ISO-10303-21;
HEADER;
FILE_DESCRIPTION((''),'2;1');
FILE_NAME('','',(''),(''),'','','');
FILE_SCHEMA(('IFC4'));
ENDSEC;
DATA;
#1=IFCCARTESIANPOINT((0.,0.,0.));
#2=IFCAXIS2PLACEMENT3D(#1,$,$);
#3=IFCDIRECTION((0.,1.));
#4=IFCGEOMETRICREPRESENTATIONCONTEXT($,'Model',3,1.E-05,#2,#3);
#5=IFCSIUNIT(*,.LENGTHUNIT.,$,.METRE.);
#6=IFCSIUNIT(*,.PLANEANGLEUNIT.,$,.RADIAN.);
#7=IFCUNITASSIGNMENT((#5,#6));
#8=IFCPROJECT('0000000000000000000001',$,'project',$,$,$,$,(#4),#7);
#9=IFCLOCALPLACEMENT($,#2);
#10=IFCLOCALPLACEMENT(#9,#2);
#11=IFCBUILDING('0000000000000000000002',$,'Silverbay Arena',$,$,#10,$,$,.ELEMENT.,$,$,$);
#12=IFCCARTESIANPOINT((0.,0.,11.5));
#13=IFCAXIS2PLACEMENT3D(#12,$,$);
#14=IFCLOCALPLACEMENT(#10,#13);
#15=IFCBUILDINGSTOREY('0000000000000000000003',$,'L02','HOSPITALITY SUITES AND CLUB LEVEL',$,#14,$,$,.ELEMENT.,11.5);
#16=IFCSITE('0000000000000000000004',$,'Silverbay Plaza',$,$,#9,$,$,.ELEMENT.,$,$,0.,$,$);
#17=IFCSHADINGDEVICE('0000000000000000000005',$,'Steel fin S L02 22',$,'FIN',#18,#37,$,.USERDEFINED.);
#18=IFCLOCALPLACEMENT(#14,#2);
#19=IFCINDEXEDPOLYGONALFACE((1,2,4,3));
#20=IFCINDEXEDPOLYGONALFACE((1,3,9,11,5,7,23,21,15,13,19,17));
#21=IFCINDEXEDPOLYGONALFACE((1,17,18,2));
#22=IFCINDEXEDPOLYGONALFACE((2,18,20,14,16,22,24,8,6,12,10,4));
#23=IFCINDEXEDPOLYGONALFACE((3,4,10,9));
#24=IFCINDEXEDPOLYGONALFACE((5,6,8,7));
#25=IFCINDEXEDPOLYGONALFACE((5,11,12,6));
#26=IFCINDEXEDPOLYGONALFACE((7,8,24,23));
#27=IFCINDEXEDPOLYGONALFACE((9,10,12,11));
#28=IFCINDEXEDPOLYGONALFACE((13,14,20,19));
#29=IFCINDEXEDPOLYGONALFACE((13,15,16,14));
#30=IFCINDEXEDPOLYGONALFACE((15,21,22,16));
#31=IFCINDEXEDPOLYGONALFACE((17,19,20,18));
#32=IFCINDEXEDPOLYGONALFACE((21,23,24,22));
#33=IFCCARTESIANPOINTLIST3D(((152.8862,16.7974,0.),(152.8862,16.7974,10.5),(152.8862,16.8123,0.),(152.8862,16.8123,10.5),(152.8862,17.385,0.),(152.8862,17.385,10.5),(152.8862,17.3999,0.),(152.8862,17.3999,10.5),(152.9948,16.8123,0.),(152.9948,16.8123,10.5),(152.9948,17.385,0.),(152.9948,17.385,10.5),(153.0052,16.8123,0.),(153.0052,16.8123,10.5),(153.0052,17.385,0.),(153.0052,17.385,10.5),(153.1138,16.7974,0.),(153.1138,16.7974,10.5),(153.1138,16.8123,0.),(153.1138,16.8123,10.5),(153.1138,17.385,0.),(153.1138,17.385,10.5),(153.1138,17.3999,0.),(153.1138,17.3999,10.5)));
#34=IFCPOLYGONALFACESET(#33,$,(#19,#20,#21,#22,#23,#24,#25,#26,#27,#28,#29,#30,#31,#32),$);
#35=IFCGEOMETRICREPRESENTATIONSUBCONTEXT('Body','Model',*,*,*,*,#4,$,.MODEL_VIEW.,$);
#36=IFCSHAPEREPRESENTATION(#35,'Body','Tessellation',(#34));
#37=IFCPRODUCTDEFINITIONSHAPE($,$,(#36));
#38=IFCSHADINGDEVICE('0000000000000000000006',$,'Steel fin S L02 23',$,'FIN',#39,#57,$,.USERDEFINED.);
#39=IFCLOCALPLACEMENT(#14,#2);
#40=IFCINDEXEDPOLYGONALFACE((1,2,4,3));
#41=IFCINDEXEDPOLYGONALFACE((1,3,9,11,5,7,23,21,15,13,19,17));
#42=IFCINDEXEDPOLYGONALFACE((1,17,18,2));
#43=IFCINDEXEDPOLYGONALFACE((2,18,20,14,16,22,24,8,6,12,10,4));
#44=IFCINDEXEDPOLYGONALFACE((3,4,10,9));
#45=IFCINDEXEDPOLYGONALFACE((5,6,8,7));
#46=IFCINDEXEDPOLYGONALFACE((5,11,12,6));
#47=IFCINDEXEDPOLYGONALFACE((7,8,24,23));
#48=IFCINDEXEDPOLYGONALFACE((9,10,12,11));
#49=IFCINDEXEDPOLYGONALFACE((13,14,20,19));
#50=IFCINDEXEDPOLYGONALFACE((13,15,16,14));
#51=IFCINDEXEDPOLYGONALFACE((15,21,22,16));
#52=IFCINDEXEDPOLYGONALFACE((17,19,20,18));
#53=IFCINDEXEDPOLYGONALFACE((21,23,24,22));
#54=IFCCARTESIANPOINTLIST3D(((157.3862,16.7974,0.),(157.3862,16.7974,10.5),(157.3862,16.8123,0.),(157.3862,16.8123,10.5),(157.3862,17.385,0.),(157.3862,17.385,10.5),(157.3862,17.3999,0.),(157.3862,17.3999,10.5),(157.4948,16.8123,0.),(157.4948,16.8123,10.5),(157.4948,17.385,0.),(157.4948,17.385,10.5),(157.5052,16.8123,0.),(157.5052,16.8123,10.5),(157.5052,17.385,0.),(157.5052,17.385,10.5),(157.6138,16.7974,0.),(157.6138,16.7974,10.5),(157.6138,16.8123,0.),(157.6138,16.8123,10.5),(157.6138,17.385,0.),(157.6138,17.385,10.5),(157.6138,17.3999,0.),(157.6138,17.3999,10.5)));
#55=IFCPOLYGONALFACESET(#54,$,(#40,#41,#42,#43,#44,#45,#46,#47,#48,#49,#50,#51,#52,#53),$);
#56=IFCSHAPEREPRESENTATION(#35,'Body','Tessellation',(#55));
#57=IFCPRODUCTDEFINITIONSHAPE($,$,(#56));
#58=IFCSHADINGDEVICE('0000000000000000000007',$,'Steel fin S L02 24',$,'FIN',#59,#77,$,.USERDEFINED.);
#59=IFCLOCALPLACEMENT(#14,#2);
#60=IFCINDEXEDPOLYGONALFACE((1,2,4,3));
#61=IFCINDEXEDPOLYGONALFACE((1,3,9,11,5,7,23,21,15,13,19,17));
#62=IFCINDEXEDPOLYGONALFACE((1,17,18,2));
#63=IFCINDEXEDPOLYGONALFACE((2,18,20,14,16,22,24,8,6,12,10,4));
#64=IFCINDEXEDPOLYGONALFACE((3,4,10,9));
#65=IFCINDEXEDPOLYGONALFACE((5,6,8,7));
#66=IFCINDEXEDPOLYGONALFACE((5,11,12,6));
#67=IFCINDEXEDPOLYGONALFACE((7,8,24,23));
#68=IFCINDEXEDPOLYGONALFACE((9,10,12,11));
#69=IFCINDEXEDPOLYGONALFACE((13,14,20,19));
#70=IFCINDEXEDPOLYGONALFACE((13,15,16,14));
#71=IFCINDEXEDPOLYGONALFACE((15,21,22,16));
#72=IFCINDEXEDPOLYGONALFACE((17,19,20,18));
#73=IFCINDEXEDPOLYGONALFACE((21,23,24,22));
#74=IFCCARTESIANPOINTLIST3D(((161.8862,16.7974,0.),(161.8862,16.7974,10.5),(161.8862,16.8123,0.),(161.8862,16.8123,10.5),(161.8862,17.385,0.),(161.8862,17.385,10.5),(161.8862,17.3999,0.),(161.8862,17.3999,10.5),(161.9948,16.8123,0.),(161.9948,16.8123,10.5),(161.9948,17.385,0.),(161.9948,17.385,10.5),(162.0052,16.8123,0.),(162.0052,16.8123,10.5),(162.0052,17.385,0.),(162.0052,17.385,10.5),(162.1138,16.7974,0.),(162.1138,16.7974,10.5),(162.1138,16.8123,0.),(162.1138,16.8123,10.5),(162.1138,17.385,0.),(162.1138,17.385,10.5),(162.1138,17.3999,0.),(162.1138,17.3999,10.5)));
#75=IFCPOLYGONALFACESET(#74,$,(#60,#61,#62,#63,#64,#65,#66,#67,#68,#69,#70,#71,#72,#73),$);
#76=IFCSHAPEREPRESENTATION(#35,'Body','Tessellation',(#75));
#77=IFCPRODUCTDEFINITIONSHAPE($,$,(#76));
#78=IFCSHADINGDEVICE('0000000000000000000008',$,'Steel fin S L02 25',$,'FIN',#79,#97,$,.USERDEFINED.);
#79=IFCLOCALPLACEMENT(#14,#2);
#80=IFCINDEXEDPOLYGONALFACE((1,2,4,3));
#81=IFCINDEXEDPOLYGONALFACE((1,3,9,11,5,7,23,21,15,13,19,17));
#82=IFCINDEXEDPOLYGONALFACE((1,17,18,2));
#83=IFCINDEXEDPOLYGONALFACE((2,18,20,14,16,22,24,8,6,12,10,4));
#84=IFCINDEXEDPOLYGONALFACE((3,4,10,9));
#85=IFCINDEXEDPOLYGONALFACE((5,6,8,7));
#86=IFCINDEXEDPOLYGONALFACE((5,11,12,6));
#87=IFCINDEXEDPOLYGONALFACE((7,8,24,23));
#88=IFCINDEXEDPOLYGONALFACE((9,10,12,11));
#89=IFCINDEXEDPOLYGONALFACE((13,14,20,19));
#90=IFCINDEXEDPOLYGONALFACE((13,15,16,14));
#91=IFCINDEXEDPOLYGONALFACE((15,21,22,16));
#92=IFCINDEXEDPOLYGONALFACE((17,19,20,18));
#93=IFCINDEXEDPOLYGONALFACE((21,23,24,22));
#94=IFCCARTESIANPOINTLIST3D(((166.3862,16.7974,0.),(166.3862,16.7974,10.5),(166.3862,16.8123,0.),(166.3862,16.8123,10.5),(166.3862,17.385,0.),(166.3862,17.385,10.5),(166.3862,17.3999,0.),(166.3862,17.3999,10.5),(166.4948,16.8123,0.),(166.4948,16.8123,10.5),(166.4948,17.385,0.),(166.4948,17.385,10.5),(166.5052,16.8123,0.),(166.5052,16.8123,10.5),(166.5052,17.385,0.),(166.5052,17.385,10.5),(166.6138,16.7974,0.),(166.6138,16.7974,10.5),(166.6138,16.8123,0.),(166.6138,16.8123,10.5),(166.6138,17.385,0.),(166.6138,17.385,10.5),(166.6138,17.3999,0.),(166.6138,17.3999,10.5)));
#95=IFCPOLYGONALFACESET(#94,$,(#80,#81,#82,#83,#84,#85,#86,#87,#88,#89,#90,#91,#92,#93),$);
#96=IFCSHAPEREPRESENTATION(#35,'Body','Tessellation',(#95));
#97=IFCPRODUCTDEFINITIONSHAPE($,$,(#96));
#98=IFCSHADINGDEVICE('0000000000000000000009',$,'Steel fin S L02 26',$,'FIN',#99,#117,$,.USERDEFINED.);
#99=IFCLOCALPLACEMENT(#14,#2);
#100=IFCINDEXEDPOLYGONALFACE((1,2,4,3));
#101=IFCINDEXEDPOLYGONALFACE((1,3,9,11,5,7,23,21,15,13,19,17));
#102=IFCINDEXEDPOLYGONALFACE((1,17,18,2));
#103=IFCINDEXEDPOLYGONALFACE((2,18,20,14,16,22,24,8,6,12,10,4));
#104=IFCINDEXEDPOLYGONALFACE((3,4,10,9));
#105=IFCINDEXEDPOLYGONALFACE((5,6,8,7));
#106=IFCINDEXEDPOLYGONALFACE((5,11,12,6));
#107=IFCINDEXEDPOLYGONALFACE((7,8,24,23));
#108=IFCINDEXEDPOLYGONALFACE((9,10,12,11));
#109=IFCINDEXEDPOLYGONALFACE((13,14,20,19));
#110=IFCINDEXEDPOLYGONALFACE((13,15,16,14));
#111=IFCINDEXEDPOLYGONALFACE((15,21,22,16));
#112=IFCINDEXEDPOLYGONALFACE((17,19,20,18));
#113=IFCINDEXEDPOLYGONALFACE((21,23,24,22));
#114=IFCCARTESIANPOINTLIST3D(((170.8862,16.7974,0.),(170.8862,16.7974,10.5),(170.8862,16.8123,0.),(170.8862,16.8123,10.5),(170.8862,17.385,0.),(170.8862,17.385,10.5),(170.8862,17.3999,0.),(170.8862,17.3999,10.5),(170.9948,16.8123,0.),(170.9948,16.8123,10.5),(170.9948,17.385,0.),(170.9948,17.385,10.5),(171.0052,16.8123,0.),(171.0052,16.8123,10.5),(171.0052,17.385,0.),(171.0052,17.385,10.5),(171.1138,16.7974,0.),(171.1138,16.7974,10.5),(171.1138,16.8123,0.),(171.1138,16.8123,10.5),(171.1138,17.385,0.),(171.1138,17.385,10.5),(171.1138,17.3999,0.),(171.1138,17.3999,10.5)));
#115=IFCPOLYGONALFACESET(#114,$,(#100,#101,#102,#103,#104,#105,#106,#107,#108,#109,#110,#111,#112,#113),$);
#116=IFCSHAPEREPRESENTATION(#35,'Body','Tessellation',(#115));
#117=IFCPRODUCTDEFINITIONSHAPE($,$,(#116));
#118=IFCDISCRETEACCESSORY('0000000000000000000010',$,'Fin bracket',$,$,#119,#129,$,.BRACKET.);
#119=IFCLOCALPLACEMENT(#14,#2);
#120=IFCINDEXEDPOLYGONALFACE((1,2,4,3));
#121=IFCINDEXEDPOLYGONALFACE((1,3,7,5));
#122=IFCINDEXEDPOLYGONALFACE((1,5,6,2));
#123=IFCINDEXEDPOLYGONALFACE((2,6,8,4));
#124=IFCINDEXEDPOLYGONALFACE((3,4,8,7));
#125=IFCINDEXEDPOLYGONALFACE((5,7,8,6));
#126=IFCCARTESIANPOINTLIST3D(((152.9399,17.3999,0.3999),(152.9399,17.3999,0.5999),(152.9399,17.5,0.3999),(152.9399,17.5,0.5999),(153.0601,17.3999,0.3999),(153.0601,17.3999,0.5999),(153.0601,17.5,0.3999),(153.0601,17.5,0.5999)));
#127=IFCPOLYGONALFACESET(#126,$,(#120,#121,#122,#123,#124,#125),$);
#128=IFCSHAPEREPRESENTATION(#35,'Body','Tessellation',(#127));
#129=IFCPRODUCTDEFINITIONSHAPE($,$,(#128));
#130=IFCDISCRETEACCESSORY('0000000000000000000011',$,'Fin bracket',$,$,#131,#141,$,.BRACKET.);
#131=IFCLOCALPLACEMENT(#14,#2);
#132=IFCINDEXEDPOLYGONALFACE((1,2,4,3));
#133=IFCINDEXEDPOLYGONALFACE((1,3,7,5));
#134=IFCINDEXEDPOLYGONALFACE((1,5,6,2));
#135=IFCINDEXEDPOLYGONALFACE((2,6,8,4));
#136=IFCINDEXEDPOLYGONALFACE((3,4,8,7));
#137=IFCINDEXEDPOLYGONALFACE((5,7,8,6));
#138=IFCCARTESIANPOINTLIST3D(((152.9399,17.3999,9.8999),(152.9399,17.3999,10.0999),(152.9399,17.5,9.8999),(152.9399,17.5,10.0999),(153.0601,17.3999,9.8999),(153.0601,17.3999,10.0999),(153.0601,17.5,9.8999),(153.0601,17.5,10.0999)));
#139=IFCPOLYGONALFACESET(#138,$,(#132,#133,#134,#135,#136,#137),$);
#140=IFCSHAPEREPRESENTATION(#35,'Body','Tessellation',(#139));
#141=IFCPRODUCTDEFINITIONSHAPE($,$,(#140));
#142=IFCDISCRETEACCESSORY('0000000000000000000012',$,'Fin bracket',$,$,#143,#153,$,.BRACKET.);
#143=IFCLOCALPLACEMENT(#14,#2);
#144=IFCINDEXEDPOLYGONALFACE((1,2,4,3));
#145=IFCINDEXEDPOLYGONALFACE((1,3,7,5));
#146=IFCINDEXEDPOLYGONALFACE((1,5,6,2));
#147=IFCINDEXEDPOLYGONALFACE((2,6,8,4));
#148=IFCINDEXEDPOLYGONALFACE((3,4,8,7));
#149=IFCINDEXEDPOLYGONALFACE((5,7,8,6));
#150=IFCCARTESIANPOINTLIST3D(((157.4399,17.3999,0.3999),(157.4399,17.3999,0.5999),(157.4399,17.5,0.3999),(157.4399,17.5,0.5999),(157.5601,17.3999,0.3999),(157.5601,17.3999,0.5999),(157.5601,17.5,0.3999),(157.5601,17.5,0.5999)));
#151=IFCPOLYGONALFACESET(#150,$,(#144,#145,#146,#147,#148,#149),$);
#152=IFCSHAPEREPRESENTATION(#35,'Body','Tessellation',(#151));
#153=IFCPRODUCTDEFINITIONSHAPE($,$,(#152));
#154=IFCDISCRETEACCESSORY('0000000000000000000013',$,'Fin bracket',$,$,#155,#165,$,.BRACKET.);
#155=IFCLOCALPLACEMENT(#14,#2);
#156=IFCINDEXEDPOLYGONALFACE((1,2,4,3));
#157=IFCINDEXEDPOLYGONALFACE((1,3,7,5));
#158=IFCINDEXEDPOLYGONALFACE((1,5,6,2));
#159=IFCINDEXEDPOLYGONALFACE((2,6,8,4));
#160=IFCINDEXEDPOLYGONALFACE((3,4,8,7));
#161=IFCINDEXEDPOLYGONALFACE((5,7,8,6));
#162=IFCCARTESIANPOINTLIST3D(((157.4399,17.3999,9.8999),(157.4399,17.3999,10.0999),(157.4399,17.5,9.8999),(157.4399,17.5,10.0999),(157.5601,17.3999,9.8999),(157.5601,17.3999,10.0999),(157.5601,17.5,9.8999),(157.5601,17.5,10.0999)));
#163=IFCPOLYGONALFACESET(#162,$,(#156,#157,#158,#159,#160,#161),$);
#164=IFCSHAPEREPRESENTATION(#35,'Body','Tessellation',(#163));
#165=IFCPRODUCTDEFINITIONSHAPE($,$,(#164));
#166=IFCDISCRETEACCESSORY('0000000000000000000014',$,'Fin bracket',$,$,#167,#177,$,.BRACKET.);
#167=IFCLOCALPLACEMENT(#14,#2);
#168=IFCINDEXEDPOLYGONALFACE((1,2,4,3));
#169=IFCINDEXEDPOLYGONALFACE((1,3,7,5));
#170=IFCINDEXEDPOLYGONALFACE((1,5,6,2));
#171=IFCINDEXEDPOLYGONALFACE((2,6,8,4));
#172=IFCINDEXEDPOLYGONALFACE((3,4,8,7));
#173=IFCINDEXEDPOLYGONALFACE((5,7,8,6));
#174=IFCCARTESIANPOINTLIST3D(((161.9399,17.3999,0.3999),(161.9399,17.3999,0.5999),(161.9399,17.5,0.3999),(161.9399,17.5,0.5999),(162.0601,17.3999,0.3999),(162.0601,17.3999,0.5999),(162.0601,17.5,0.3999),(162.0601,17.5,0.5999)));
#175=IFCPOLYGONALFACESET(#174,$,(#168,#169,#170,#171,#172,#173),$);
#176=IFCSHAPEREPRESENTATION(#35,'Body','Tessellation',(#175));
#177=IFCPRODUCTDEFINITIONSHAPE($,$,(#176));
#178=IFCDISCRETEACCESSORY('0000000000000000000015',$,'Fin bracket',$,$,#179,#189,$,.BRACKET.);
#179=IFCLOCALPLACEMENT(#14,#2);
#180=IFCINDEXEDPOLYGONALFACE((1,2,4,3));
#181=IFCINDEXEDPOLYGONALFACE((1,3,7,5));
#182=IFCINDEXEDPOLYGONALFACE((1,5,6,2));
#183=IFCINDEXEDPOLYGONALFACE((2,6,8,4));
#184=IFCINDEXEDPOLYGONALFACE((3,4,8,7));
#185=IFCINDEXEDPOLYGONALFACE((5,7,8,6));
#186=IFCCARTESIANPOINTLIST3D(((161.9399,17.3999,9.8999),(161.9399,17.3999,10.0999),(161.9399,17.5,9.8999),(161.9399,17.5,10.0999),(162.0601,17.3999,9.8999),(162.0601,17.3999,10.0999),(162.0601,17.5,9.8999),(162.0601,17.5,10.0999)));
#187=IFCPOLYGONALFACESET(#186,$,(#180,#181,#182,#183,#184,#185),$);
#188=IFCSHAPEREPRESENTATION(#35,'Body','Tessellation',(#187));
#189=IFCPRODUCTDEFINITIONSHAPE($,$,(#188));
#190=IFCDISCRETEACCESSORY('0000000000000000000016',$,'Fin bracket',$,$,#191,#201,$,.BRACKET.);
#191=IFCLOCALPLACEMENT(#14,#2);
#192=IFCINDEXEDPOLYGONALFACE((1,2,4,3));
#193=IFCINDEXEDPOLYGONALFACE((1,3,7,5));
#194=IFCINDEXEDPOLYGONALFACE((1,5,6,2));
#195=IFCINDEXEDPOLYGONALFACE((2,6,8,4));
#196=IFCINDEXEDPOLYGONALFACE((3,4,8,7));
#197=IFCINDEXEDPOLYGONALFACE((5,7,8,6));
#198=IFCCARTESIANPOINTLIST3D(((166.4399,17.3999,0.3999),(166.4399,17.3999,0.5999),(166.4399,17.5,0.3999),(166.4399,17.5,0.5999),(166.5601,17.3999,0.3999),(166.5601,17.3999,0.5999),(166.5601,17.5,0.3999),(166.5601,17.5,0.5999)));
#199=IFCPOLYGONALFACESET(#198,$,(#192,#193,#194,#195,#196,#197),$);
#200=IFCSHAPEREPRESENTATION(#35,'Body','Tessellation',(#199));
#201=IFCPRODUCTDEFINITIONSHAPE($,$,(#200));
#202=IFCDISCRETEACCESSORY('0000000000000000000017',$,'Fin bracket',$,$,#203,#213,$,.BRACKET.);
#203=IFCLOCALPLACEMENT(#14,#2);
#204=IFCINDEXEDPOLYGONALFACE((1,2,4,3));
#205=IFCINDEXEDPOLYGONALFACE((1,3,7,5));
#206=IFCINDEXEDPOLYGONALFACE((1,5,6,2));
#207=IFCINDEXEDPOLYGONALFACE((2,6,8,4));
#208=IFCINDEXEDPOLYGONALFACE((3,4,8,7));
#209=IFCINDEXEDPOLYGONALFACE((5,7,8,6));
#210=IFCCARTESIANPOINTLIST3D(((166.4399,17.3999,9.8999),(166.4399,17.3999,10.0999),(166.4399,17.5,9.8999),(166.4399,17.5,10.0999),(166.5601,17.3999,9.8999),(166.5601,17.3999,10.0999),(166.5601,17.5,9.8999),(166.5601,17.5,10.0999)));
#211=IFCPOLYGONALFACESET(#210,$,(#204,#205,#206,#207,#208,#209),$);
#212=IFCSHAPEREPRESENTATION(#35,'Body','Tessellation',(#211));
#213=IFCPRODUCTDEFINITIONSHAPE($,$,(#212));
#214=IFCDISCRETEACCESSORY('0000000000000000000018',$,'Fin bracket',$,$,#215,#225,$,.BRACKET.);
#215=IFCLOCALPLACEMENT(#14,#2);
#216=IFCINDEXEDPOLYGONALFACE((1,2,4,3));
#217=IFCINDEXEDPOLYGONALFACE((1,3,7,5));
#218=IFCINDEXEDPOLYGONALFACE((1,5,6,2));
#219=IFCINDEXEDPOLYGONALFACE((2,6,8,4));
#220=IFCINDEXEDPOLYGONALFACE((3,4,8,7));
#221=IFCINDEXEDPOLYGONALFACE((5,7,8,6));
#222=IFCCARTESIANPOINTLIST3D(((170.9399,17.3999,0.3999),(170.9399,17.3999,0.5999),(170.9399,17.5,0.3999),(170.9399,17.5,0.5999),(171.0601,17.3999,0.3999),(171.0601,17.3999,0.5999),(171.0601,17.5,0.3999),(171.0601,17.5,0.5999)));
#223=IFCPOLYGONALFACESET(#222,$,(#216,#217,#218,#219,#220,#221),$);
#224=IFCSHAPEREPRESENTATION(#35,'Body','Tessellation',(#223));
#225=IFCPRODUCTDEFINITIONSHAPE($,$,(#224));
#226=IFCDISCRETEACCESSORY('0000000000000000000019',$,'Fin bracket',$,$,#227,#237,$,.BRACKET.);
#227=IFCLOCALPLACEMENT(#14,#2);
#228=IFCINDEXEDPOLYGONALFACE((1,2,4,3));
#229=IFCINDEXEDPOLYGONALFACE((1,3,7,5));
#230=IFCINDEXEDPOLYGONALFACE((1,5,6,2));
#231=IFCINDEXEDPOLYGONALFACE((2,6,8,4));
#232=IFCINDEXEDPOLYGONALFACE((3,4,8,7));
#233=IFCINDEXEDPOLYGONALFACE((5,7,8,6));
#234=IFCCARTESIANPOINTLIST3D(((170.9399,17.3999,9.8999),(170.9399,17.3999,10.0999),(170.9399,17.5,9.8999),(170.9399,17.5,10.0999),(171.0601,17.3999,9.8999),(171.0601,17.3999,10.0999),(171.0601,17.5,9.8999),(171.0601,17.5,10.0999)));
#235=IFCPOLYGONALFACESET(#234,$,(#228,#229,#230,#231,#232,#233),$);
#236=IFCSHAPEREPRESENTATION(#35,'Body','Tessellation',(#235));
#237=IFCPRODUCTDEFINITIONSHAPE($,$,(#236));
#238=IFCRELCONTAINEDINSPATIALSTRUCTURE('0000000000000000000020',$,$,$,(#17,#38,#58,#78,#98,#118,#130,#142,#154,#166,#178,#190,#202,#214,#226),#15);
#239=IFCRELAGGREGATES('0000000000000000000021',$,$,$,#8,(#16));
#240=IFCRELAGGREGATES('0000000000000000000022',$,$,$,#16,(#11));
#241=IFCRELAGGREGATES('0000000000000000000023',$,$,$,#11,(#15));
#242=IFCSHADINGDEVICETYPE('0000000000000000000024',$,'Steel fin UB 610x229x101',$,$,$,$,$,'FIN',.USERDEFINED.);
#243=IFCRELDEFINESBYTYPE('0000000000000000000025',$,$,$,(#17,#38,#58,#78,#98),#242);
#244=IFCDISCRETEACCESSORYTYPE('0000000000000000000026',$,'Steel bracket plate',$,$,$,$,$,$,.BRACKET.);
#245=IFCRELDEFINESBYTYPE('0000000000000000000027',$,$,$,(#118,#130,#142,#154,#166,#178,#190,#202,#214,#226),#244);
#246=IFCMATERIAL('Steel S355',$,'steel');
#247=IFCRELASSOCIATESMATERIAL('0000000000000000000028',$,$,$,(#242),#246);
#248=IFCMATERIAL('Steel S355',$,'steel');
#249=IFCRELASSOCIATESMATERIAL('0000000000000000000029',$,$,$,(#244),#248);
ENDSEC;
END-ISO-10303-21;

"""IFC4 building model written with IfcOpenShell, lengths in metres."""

from ifc_helpers import new_model, si_unit, direction, frame, origin, origin_2d, place, context, subcontext, project, spatial, rectangle, i_section, extrude, material, material_profile, profile_set, type_object, element, save


model = new_model("IFC4")

# Units and contexts
model_context = context("Model", 3, precision=1e-05, world=origin(), true_north=direction((0.0, 1.0)))
body_context = subcontext(model_context, "Body", "Model", "MODEL_VIEW")
ifc_project = project(units=[si_unit("LENGTHUNIT", "METRE"), si_unit("PLANEANGLEUNIT", "RADIAN")], contexts=[model_context])

# Site, building, storey
site_placement = place(None, origin())
site = spatial("IfcSite", under=ifc_project, at=site_placement, Name="Silverbay Plaza", CompositionType="ELEMENT", RefElevation=0.0)
building_placement = place(site_placement, origin())
building = spatial("IfcBuilding", under=site, at=building_placement, Name="Silverbay Arena", CompositionType="ELEMENT")
storey_placement = place(building_placement, frame((0.0, 0.0, 11.5)))
storey = spatial("IfcBuildingStorey", under=building, at=storey_placement, Name="L02", Description="HOSPITALITY SUITES AND CLUB LEVEL", CompositionType="ELEMENT", Elevation=11.5)

# Shading devices
ifc_material_1 = material(Name="Steel S355", Category="steel")
ifc_material_profile_1 = material_profile(ifc_material_1, i_section(OverallWidth=0.2275, OverallDepth=0.6025, WebThickness=0.0105, FlangeThickness=0.0149, at=origin_2d()), Name="UB 610x229x101")
ifc_profile_set_1 = profile_set([ifc_material_profile_1], Name="Steel S355")
shading_device_type = type_object("IfcShadingDeviceType", Name="Steel fin UB 610x229x101", ElementType="FIN", PredefinedType="USERDEFINED", material=ifc_profile_set_1)
for number, where, z_axis, x_axis, name in (
    (1, (153.0, 17.0986, 0.0), (0.0, 0.0, 1.0), (1.0, 0.0, 0.0), "Steel fin S L02 22"),
    (2, (157.5, 17.0986, 0.0), (0.0, 0.0, 1.0), (1.0, 0.0, 0.0), "Steel fin S L02 23"),
    (3, (162.0, 17.0986, 0.0), (0.0, 0.0, 1.0), (1.0, 0.0, 0.0), "Steel fin S L02 24"),
    (4, (166.5, 17.0986, 0.0), (0.0, 0.0, 1.0), (1.0, 0.0, 0.0), "Steel fin S L02 25"),
    (5, (171.0, 17.0986, 0.0), (0.0, 0.0, 1.0), (1.0, 0.0, 0.0), "Steel fin S L02 26"),
):
    element("IfcShadingDevice", number, at=place(storey_placement, frame(where, z_axis=z_axis, x_axis=x_axis)), inside=storey, type_object=shading_device_type, Name=name, ObjectType="FIN", PredefinedType="USERDEFINED", context=body_context, shape_type="SweptSolid", body=[
        extrude(i_section(OverallWidth=0.2275, OverallDepth=0.6025, WebThickness=0.0105, FlangeThickness=0.0149, at=origin_2d()), origin(), (0.0, 0.0, 1.0), 10.5),
    ])

# Discrete accessories
ifc_material_2 = material(Name="Steel S355", Category="steel")
discrete_accessory_type = type_object("IfcDiscreteAccessoryType", Name="Steel bracket plate", PredefinedType="BRACKET", material=ifc_material_2)
for number, where, z_axis, x_axis, name in (
    (6, (153.0, 17.45, 0.3999), (0.0, 0.0, 1.0), (1.0, 0.0, 0.0), "Fin bracket"),
    (7, (153.0, 17.45, 9.8999), (0.0, 0.0, 1.0), (1.0, 0.0, 0.0), "Fin bracket"),
    (8, (157.5, 17.45, 0.3999), (0.0, 0.0, 1.0), (1.0, 0.0, 0.0), "Fin bracket"),
    (9, (157.5, 17.45, 9.8999), (0.0, 0.0, 1.0), (1.0, 0.0, 0.0), "Fin bracket"),
    (10, (162.0, 17.45, 0.3999), (0.0, 0.0, 1.0), (1.0, 0.0, 0.0), "Fin bracket"),
    (11, (162.0, 17.45, 9.8999), (0.0, 0.0, 1.0), (1.0, 0.0, 0.0), "Fin bracket"),
    (12, (166.5, 17.45, 0.3999), (0.0, 0.0, 1.0), (1.0, 0.0, 0.0), "Fin bracket"),
    (13, (166.5, 17.45, 9.8999), (0.0, 0.0, 1.0), (1.0, 0.0, 0.0), "Fin bracket"),
    (14, (171.0, 17.45, 0.3999), (0.0, 0.0, 1.0), (1.0, 0.0, 0.0), "Fin bracket"),
    (15, (171.0, 17.45, 9.8999), (0.0, 0.0, 1.0), (1.0, 0.0, 0.0), "Fin bracket"),
):
    element("IfcDiscreteAccessory", number, at=place(storey_placement, frame(where, z_axis=z_axis, x_axis=x_axis)), inside=storey, type_object=discrete_accessory_type, Name=name, PredefinedType="BRACKET", context=body_context, shape_type="SweptSolid", body=[
        extrude(rectangle(XDim=0.1201, YDim=0.1001, at=origin_2d()), origin(), (0.0, 0.0, 1.0), 0.2),
    ])

save(model, "model.ifc")
